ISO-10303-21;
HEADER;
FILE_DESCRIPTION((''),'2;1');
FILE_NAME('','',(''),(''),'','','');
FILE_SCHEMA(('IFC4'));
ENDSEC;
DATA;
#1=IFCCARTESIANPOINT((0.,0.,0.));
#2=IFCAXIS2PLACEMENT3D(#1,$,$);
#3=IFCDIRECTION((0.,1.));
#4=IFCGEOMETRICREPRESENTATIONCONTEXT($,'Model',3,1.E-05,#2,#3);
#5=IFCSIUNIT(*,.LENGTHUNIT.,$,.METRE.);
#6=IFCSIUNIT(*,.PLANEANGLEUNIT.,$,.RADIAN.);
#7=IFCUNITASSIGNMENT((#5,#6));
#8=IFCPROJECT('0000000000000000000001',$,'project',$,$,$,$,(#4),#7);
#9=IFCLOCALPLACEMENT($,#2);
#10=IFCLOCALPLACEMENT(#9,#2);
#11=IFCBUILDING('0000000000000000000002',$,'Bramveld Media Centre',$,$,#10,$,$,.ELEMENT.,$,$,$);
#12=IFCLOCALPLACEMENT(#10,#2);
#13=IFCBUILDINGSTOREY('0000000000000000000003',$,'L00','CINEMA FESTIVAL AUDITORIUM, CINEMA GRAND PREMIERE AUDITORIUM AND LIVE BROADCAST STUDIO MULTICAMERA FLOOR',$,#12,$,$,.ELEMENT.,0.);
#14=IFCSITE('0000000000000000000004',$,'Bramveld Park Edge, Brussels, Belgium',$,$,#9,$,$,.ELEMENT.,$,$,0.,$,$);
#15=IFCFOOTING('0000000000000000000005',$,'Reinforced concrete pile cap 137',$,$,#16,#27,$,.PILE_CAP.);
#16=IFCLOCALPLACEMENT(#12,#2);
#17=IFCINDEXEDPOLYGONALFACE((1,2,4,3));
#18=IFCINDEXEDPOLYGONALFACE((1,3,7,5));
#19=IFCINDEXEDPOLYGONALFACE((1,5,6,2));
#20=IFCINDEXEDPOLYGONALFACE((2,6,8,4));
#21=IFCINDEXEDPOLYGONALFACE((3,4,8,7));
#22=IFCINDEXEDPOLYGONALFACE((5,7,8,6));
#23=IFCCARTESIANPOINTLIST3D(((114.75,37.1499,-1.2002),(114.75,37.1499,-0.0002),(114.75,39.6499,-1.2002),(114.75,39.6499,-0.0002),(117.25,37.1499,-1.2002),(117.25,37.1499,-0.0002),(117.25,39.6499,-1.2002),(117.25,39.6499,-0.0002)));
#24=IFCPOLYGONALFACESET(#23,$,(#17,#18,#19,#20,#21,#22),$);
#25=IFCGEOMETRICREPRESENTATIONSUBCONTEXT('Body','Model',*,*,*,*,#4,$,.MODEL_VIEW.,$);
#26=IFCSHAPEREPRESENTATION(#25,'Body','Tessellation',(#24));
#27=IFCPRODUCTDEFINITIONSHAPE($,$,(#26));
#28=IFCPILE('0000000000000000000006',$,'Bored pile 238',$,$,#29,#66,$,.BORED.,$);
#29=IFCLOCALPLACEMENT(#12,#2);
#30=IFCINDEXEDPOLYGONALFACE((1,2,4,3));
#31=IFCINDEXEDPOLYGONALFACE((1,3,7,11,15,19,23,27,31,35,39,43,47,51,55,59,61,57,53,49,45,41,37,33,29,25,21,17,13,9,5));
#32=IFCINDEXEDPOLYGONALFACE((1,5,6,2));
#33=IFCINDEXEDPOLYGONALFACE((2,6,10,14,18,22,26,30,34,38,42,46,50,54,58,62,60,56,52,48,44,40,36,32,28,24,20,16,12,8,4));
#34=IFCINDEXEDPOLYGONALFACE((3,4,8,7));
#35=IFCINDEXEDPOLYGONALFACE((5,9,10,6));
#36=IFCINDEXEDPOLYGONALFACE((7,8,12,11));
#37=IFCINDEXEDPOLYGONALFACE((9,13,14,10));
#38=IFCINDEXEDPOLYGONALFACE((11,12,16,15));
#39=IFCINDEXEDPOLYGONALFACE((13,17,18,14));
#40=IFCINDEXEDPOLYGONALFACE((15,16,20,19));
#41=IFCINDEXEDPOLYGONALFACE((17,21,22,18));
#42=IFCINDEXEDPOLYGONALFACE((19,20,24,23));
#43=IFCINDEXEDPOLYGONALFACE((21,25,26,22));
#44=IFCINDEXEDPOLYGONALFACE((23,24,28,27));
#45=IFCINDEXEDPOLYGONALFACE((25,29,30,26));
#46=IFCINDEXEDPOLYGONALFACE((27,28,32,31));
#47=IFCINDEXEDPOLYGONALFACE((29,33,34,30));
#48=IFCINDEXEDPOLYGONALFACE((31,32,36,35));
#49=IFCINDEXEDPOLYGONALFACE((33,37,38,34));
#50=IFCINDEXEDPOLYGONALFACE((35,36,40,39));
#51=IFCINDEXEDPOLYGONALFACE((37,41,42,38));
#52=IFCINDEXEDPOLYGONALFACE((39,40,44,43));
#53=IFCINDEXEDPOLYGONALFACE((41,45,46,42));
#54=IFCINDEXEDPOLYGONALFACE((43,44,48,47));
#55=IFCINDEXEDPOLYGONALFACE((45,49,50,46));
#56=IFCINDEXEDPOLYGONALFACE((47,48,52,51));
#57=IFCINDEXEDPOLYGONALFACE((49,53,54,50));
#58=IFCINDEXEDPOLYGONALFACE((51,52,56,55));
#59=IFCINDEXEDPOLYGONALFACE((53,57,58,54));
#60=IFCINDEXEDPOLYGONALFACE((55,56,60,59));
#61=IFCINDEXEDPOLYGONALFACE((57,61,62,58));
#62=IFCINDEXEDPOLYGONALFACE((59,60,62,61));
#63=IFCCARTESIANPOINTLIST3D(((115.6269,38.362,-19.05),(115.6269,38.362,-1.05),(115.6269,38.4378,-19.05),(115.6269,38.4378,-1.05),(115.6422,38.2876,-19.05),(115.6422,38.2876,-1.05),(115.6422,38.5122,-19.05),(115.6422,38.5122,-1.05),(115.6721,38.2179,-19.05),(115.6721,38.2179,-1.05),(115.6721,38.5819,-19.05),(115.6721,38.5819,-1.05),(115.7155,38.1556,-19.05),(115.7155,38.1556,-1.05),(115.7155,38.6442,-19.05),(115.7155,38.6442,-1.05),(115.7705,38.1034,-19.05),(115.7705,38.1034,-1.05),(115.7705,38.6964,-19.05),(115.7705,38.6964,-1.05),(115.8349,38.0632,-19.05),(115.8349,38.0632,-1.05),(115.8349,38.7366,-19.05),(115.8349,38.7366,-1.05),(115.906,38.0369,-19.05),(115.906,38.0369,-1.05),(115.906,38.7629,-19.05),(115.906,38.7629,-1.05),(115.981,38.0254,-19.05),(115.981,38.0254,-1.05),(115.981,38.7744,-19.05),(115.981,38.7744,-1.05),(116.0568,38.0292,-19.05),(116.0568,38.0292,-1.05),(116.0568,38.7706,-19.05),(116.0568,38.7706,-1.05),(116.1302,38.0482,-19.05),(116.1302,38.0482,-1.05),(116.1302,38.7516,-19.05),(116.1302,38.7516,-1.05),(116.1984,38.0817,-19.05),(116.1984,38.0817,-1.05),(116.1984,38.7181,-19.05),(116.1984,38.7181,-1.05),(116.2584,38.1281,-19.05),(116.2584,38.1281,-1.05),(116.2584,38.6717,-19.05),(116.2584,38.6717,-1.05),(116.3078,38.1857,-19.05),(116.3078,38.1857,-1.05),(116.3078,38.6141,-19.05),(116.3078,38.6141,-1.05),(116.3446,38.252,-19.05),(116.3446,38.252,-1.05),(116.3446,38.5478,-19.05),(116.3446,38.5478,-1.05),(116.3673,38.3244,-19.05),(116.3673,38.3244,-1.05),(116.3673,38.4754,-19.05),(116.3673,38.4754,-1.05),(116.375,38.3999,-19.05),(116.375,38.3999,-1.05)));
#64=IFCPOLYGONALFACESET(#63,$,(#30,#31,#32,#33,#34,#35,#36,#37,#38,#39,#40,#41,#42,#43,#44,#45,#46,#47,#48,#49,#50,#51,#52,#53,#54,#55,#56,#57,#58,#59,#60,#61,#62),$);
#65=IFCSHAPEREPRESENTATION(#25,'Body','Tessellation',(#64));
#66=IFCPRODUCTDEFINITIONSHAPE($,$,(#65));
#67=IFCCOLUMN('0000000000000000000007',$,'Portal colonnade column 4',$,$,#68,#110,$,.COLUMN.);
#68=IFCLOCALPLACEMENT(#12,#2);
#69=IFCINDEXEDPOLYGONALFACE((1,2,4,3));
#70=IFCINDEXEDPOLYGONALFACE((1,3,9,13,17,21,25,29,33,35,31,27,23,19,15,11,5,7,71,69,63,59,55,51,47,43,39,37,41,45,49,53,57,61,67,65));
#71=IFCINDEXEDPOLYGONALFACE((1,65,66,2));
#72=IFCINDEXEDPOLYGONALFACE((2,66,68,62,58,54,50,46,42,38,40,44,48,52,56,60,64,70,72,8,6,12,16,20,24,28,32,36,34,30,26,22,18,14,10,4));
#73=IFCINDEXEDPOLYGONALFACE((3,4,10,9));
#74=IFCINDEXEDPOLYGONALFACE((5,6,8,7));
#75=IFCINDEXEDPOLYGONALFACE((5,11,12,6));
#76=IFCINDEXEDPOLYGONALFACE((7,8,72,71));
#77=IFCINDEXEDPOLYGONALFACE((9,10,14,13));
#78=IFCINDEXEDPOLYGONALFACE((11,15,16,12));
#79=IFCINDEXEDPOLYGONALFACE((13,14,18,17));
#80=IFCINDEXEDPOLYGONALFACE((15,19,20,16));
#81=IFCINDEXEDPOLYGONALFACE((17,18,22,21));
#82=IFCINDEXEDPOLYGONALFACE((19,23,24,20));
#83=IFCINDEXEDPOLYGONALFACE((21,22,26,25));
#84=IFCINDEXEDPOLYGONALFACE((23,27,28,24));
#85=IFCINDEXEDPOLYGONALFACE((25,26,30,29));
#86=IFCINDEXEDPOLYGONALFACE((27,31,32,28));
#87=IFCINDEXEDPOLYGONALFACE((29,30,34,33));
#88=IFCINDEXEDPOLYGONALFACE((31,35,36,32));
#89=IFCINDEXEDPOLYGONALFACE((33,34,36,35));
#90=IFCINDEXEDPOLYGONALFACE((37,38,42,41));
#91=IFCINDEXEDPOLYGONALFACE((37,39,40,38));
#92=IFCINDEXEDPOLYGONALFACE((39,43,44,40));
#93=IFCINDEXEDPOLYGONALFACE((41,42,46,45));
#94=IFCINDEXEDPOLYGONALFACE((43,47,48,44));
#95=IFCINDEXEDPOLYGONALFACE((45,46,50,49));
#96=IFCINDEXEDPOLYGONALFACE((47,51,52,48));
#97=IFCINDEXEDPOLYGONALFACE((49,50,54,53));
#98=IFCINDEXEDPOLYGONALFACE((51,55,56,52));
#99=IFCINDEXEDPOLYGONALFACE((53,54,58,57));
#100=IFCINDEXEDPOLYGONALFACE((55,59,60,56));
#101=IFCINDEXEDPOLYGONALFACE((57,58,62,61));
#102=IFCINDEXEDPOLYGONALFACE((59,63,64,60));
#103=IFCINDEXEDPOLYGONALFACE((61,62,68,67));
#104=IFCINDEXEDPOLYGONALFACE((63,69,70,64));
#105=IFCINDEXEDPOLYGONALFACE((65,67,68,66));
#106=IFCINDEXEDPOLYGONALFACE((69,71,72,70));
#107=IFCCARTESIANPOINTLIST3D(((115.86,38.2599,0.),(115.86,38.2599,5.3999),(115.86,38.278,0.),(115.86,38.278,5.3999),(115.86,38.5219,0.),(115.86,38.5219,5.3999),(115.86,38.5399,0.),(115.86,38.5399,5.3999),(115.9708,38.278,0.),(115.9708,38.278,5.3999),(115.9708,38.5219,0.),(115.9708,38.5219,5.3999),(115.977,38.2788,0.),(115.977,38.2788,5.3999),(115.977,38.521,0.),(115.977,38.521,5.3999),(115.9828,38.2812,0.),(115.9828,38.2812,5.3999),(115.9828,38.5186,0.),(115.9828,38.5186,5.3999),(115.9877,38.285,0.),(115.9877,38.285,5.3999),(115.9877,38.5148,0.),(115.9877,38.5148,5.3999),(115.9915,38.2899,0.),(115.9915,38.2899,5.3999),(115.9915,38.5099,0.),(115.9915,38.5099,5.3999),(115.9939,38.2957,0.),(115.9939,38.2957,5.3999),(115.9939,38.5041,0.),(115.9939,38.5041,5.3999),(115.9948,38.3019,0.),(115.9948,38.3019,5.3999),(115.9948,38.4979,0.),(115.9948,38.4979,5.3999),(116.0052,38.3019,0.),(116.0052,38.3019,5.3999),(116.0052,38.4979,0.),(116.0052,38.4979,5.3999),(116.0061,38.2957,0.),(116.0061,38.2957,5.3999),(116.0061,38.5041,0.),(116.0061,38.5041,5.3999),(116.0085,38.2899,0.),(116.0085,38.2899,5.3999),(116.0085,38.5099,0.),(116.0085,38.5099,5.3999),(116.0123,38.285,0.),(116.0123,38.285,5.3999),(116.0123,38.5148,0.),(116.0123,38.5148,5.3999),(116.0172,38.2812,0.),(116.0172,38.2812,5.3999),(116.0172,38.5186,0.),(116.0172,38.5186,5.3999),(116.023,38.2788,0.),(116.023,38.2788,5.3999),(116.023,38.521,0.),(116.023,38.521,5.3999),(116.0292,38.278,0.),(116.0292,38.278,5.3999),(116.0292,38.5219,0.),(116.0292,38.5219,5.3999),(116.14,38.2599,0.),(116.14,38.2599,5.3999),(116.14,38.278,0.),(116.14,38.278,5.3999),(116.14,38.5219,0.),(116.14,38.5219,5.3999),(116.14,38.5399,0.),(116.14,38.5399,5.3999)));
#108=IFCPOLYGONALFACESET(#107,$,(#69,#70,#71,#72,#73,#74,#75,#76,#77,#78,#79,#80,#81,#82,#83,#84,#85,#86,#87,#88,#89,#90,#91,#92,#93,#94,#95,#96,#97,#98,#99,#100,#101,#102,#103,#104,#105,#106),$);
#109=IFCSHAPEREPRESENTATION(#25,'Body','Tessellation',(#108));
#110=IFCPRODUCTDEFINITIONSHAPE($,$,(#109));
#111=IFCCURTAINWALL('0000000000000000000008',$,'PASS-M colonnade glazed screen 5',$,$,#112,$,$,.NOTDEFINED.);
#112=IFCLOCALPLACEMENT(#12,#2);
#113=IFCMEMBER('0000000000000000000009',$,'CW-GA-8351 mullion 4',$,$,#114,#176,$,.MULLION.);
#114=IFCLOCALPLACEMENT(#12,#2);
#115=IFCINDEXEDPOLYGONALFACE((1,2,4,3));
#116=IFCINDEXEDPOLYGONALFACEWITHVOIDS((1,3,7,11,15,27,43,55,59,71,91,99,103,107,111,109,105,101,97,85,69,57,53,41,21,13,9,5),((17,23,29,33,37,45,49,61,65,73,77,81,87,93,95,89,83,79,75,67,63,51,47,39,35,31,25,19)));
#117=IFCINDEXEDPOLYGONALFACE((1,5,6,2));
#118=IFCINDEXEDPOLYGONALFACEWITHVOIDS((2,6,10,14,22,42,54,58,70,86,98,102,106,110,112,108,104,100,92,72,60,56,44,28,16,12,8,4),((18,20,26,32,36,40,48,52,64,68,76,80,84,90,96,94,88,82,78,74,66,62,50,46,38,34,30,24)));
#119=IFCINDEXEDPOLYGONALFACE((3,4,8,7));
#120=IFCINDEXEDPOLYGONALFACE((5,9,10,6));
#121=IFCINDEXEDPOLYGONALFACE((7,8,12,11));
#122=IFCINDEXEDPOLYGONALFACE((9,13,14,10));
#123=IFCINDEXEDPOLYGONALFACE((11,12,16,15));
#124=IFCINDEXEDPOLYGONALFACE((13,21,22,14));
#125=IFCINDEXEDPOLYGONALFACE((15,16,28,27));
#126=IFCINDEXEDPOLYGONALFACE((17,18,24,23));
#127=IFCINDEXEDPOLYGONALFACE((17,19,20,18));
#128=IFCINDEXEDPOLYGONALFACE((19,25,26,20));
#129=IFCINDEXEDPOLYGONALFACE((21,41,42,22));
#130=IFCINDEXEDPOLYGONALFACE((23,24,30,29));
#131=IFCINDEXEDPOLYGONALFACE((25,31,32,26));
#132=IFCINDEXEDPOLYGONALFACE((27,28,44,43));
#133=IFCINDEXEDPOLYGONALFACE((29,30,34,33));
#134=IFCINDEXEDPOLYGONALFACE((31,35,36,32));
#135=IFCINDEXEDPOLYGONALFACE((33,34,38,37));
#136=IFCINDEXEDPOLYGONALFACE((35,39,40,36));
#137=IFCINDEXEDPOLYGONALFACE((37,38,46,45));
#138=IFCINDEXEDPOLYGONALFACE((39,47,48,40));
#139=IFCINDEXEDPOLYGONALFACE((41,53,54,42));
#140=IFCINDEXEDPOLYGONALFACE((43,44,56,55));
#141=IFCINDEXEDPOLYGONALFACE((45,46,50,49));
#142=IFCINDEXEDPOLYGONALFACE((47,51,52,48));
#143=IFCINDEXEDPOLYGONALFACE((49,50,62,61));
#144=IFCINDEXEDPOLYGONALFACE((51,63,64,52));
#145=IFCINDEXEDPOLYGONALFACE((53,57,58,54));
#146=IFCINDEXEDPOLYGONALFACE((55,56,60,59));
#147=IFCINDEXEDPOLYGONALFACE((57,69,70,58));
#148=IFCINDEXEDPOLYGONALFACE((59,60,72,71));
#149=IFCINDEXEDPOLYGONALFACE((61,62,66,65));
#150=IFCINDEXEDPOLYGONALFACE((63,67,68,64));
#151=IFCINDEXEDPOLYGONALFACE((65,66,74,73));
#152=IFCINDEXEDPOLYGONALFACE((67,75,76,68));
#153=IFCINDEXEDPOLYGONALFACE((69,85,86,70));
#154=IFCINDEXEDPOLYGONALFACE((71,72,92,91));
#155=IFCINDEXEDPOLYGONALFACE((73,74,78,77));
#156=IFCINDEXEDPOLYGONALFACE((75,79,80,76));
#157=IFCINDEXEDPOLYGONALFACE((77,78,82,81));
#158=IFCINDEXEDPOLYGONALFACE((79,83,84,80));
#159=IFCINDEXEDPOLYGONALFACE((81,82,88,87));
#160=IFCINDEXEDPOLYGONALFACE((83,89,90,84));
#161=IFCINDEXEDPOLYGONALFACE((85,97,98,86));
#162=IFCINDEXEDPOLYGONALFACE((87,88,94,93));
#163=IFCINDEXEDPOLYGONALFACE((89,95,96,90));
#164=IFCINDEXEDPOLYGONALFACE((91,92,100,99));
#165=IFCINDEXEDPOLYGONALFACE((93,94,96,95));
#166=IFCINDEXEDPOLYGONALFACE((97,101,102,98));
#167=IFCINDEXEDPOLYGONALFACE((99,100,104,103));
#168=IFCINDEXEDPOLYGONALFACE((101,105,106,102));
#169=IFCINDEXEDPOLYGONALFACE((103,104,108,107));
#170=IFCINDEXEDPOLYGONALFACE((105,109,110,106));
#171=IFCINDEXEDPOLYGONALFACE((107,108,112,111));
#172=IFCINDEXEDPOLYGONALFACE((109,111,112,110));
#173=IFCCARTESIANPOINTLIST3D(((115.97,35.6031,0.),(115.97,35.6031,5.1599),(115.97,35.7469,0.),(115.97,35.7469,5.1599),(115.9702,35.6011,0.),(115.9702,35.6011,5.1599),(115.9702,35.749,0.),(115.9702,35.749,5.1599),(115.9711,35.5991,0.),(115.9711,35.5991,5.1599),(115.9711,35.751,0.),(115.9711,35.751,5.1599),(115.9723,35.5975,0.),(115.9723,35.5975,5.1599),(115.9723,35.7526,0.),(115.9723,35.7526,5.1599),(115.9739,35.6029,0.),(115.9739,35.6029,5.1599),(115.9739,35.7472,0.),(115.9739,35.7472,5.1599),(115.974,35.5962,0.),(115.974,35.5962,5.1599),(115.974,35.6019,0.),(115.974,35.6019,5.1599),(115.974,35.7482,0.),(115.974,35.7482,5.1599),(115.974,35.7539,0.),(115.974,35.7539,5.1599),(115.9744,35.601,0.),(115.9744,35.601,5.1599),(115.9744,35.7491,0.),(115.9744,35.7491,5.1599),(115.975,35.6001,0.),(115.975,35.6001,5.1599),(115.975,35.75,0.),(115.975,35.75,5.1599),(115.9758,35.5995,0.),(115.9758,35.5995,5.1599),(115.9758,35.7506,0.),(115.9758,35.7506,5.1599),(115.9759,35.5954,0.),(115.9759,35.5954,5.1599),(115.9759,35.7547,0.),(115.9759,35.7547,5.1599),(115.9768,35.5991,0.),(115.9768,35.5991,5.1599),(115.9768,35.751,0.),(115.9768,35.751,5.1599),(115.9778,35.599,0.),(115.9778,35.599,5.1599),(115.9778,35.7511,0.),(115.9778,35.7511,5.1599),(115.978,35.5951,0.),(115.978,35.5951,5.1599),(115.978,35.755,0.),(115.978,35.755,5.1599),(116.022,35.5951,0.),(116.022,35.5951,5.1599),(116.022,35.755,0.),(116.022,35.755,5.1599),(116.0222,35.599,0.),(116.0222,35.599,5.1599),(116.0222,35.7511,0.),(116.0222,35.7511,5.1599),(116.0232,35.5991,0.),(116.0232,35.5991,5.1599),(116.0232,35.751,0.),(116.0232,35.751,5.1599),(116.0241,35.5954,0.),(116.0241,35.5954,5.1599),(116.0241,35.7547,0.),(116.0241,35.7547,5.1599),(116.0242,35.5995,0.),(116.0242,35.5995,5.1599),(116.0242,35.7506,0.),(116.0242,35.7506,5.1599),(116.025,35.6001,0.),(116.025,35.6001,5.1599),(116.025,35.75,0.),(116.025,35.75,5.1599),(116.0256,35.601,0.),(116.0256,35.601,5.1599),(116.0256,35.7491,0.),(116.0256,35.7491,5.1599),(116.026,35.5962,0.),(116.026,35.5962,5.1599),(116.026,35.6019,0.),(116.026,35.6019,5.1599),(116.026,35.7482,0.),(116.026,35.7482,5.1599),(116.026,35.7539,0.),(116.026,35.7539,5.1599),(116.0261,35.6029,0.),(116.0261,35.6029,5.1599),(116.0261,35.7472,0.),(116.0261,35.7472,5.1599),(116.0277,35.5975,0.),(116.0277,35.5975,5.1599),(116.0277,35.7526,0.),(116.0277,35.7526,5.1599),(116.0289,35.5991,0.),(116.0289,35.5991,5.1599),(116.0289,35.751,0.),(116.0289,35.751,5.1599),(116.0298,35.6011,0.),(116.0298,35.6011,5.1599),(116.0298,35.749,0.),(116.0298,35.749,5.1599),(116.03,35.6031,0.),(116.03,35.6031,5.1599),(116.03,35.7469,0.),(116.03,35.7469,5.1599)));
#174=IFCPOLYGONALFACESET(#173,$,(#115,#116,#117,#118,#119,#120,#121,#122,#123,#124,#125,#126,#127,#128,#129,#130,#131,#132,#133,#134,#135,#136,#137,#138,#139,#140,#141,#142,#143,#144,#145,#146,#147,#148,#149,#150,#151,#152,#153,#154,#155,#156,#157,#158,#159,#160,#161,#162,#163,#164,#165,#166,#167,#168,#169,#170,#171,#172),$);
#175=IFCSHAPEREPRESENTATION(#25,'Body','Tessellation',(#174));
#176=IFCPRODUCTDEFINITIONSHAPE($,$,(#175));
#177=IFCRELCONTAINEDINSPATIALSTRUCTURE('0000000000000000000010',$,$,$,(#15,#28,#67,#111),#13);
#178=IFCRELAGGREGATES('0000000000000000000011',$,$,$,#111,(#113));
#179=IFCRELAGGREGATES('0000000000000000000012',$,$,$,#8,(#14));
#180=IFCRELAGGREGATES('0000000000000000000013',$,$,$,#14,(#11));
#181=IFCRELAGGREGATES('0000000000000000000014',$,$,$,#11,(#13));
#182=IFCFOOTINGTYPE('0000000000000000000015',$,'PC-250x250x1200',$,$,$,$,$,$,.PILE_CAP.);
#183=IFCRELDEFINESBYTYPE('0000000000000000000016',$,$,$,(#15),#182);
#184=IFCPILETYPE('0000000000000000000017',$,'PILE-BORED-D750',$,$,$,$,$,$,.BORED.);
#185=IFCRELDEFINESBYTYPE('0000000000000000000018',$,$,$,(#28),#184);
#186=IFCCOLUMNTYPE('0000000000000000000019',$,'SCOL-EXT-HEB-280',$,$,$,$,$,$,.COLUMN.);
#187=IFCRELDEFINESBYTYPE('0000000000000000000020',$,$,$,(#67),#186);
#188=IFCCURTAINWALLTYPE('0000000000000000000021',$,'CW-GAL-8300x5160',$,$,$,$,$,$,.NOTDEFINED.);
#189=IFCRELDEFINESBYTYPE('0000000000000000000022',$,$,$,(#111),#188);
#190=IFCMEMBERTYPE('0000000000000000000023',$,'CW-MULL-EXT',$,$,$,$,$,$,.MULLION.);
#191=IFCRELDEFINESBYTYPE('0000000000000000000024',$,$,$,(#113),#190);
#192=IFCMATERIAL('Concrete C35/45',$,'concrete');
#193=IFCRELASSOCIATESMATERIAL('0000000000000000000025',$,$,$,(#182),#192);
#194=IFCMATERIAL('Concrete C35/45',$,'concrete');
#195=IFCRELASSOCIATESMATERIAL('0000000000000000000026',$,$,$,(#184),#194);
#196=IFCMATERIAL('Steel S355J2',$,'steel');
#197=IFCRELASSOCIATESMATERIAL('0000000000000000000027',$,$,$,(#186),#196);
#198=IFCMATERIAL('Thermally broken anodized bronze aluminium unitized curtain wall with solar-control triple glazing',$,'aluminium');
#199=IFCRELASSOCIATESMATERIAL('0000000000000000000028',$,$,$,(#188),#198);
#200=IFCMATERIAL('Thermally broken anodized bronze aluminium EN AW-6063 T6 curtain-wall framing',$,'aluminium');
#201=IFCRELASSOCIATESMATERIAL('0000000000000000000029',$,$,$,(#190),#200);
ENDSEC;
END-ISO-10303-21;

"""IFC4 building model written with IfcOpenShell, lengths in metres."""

from ifc_helpers import new_model, si_unit, direction, frame, origin, origin_2d, place, context, subcontext, project, spatial, rectangle, hollow_rectangle, circle, i_section, extrude, material, material_profile, profile_set, type_object, element, aggregate, save


model = new_model("IFC4")

# Units and contexts
model_context = context("Model", 3, precision=1e-05, world=origin(), true_north=direction((0.0, 1.0)))
body_context = subcontext(model_context, "Body", "Model", "MODEL_VIEW")
ifc_project = project(units=[si_unit("LENGTHUNIT", "METRE"), si_unit("PLANEANGLEUNIT", "RADIAN")], contexts=[model_context])

# Site, building, storey
site_placement = place(None, origin())
site = spatial("IfcSite", under=ifc_project, at=site_placement, Name="Bramveld Park Edge, Brussels, Belgium", CompositionType="ELEMENT", RefElevation=0.0)
building_placement = place(site_placement, origin())
building = spatial("IfcBuilding", under=site, at=building_placement, Name="Bramveld Media Centre", CompositionType="ELEMENT")
storey_placement = place(building_placement, origin())
storey = spatial("IfcBuildingStorey", under=building, at=storey_placement, Name="L00", Description="CINEMA FESTIVAL AUDITORIUM, CINEMA GRAND PREMIERE AUDITORIUM AND LIVE BROADCAST STUDIO MULTICAMERA FLOOR", CompositionType="ELEMENT", Elevation=0.0)

# Footing
ifc_material_1 = material(Name="Concrete C35/45", Category="concrete")
footing_type = type_object("IfcFootingType", Name="PC-250x250x1200", PredefinedType="PILE_CAP", material=ifc_material_1)
footing_placement = place(storey_placement, frame((116.0, 38.3999, -1.2002), z_axis=(0.0, 0.0, 1.0), x_axis=(1.0, 0.0, 0.0)))
element("IfcFooting", 1, at=footing_placement, inside=storey, type_object=footing_type, Name="Reinforced concrete pile cap 137", PredefinedType="PILE_CAP", context=body_context, shape_type="SweptSolid", body=[
    extrude(rectangle(XDim=2.5, YDim=2.5, at=origin_2d()), origin(), (0.0, 0.0, 1.0), 1.2),
])

# Pile
ifc_material_2 = material(Name="Concrete C35/45", Category="concrete")
ifc_material_profile_1 = material_profile(ifc_material_2, circle(Radius=0.375, at=origin_2d()), Name="BORED D750")
ifc_profile_set_1 = profile_set([ifc_material_profile_1], Name="Concrete C35/45")
pile_type = type_object("IfcPileType", Name="PILE-BORED-D750", PredefinedType="BORED", material=ifc_profile_set_1)
pile_placement = place(storey_placement, frame((116.0, 38.3999, -1.05), z_axis=(0.0, 0.0, -1.0), x_axis=(1.0, 0.0, 0.0)))
element("IfcPile", 2, at=pile_placement, inside=storey, type_object=pile_type, Name="Bored pile 238", PredefinedType="BORED", context=body_context, shape_type="SweptSolid", body=[
    extrude(circle(Radius=0.375, at=origin_2d()), origin(), (0.0, 0.0, 1.0), 18.0),
])

# Column
ifc_material_3 = material(Name="Steel S355J2", Category="steel")
ifc_material_profile_2 = material_profile(ifc_material_3, i_section(OverallWidth=0.28, OverallDepth=0.28, WebThickness=0.0105, FlangeThickness=0.0181, FilletRadius=0.0239, at=origin_2d()), Name="HEB 280")
ifc_profile_set_2 = profile_set([ifc_material_profile_2], Name="Steel S355J2")
column_type = type_object("IfcColumnType", Name="SCOL-EXT-HEB-280", PredefinedType="COLUMN", material=ifc_profile_set_2)
column_placement = place(storey_placement, frame((116.0, 38.3999, 0.0), z_axis=(0.0, 0.0, 1.0), x_axis=(1.0, 0.0, 0.0)))
element("IfcColumn", 3, at=column_placement, inside=storey, type_object=column_type, Name="Portal colonnade column 4", PredefinedType="COLUMN", context=body_context, shape_type="SweptSolid", body=[
    extrude(i_section(OverallWidth=0.28, OverallDepth=0.28, WebThickness=0.0105, FlangeThickness=0.0181, FilletRadius=0.0239, at=origin_2d()), origin(), (0.0, 0.0, 1.0), 5.3999),
])

# Curtain wall, member
ifc_material_4 = material(Name="Thermally broken anodized bronze aluminium unitized curtain wall with solar-control triple glazing", Category="aluminium")
curtain_wall_type = type_object("IfcCurtainWallType", Name="CW-GAL-8300x5160", PredefinedType="NOTDEFINED", material=ifc_material_4)
curtain_wall_1_placement = place(storey_placement, origin())
curtain_wall_1 = element("IfcCurtainWall", 4, at=curtain_wall_1_placement, inside=storey, type_object=curtain_wall_type, Name="PASS-M colonnade glazed screen 5", PredefinedType="NOTDEFINED")
ifc_material_5 = material(Name="Thermally broken anodized bronze aluminium EN AW-6063 T6 curtain-wall framing", Category="aluminium")
ifc_material_profile_3 = material_profile(ifc_material_5, hollow_rectangle(XDim=0.0601, YDim=0.1599, WallThickness=0.0039, InnerFilletRadius=0.0039, OuterFilletRadius=0.0081, at=origin_2d()), Name="AL-MULL 60x160")
ifc_profile_set_3 = profile_set([ifc_material_profile_3], Name="Thermally broken anodized bronze aluminium EN AW-6063 T6 curtain-wall framing")
member_type_1 = type_object("IfcMemberType", Name="CW-MULL-EXT", PredefinedType="MULLION", material=ifc_profile_set_3)
member_1_placement = place(storey_placement, frame((116.0, 35.675, 0.0), z_axis=(0.0, 0.0, 1.0), x_axis=(-1.0, 0.0, 0.0)))
member_1 = element("IfcMember", 5, at=member_1_placement, type_object=member_type_1, Name="CW-GA-8351 mullion 4", PredefinedType="MULLION", context=body_context, shape_type="SweptSolid", body=[
    extrude(hollow_rectangle(XDim=0.0601, YDim=0.1599, WallThickness=0.0039, InnerFilletRadius=0.0039, OuterFilletRadius=0.0081, at=origin_2d()), origin(), (0.0, 0.0, 1.0), 5.1599),
])

aggregate(curtain_wall_1, [member_1])

save(model, "model.ifc")
